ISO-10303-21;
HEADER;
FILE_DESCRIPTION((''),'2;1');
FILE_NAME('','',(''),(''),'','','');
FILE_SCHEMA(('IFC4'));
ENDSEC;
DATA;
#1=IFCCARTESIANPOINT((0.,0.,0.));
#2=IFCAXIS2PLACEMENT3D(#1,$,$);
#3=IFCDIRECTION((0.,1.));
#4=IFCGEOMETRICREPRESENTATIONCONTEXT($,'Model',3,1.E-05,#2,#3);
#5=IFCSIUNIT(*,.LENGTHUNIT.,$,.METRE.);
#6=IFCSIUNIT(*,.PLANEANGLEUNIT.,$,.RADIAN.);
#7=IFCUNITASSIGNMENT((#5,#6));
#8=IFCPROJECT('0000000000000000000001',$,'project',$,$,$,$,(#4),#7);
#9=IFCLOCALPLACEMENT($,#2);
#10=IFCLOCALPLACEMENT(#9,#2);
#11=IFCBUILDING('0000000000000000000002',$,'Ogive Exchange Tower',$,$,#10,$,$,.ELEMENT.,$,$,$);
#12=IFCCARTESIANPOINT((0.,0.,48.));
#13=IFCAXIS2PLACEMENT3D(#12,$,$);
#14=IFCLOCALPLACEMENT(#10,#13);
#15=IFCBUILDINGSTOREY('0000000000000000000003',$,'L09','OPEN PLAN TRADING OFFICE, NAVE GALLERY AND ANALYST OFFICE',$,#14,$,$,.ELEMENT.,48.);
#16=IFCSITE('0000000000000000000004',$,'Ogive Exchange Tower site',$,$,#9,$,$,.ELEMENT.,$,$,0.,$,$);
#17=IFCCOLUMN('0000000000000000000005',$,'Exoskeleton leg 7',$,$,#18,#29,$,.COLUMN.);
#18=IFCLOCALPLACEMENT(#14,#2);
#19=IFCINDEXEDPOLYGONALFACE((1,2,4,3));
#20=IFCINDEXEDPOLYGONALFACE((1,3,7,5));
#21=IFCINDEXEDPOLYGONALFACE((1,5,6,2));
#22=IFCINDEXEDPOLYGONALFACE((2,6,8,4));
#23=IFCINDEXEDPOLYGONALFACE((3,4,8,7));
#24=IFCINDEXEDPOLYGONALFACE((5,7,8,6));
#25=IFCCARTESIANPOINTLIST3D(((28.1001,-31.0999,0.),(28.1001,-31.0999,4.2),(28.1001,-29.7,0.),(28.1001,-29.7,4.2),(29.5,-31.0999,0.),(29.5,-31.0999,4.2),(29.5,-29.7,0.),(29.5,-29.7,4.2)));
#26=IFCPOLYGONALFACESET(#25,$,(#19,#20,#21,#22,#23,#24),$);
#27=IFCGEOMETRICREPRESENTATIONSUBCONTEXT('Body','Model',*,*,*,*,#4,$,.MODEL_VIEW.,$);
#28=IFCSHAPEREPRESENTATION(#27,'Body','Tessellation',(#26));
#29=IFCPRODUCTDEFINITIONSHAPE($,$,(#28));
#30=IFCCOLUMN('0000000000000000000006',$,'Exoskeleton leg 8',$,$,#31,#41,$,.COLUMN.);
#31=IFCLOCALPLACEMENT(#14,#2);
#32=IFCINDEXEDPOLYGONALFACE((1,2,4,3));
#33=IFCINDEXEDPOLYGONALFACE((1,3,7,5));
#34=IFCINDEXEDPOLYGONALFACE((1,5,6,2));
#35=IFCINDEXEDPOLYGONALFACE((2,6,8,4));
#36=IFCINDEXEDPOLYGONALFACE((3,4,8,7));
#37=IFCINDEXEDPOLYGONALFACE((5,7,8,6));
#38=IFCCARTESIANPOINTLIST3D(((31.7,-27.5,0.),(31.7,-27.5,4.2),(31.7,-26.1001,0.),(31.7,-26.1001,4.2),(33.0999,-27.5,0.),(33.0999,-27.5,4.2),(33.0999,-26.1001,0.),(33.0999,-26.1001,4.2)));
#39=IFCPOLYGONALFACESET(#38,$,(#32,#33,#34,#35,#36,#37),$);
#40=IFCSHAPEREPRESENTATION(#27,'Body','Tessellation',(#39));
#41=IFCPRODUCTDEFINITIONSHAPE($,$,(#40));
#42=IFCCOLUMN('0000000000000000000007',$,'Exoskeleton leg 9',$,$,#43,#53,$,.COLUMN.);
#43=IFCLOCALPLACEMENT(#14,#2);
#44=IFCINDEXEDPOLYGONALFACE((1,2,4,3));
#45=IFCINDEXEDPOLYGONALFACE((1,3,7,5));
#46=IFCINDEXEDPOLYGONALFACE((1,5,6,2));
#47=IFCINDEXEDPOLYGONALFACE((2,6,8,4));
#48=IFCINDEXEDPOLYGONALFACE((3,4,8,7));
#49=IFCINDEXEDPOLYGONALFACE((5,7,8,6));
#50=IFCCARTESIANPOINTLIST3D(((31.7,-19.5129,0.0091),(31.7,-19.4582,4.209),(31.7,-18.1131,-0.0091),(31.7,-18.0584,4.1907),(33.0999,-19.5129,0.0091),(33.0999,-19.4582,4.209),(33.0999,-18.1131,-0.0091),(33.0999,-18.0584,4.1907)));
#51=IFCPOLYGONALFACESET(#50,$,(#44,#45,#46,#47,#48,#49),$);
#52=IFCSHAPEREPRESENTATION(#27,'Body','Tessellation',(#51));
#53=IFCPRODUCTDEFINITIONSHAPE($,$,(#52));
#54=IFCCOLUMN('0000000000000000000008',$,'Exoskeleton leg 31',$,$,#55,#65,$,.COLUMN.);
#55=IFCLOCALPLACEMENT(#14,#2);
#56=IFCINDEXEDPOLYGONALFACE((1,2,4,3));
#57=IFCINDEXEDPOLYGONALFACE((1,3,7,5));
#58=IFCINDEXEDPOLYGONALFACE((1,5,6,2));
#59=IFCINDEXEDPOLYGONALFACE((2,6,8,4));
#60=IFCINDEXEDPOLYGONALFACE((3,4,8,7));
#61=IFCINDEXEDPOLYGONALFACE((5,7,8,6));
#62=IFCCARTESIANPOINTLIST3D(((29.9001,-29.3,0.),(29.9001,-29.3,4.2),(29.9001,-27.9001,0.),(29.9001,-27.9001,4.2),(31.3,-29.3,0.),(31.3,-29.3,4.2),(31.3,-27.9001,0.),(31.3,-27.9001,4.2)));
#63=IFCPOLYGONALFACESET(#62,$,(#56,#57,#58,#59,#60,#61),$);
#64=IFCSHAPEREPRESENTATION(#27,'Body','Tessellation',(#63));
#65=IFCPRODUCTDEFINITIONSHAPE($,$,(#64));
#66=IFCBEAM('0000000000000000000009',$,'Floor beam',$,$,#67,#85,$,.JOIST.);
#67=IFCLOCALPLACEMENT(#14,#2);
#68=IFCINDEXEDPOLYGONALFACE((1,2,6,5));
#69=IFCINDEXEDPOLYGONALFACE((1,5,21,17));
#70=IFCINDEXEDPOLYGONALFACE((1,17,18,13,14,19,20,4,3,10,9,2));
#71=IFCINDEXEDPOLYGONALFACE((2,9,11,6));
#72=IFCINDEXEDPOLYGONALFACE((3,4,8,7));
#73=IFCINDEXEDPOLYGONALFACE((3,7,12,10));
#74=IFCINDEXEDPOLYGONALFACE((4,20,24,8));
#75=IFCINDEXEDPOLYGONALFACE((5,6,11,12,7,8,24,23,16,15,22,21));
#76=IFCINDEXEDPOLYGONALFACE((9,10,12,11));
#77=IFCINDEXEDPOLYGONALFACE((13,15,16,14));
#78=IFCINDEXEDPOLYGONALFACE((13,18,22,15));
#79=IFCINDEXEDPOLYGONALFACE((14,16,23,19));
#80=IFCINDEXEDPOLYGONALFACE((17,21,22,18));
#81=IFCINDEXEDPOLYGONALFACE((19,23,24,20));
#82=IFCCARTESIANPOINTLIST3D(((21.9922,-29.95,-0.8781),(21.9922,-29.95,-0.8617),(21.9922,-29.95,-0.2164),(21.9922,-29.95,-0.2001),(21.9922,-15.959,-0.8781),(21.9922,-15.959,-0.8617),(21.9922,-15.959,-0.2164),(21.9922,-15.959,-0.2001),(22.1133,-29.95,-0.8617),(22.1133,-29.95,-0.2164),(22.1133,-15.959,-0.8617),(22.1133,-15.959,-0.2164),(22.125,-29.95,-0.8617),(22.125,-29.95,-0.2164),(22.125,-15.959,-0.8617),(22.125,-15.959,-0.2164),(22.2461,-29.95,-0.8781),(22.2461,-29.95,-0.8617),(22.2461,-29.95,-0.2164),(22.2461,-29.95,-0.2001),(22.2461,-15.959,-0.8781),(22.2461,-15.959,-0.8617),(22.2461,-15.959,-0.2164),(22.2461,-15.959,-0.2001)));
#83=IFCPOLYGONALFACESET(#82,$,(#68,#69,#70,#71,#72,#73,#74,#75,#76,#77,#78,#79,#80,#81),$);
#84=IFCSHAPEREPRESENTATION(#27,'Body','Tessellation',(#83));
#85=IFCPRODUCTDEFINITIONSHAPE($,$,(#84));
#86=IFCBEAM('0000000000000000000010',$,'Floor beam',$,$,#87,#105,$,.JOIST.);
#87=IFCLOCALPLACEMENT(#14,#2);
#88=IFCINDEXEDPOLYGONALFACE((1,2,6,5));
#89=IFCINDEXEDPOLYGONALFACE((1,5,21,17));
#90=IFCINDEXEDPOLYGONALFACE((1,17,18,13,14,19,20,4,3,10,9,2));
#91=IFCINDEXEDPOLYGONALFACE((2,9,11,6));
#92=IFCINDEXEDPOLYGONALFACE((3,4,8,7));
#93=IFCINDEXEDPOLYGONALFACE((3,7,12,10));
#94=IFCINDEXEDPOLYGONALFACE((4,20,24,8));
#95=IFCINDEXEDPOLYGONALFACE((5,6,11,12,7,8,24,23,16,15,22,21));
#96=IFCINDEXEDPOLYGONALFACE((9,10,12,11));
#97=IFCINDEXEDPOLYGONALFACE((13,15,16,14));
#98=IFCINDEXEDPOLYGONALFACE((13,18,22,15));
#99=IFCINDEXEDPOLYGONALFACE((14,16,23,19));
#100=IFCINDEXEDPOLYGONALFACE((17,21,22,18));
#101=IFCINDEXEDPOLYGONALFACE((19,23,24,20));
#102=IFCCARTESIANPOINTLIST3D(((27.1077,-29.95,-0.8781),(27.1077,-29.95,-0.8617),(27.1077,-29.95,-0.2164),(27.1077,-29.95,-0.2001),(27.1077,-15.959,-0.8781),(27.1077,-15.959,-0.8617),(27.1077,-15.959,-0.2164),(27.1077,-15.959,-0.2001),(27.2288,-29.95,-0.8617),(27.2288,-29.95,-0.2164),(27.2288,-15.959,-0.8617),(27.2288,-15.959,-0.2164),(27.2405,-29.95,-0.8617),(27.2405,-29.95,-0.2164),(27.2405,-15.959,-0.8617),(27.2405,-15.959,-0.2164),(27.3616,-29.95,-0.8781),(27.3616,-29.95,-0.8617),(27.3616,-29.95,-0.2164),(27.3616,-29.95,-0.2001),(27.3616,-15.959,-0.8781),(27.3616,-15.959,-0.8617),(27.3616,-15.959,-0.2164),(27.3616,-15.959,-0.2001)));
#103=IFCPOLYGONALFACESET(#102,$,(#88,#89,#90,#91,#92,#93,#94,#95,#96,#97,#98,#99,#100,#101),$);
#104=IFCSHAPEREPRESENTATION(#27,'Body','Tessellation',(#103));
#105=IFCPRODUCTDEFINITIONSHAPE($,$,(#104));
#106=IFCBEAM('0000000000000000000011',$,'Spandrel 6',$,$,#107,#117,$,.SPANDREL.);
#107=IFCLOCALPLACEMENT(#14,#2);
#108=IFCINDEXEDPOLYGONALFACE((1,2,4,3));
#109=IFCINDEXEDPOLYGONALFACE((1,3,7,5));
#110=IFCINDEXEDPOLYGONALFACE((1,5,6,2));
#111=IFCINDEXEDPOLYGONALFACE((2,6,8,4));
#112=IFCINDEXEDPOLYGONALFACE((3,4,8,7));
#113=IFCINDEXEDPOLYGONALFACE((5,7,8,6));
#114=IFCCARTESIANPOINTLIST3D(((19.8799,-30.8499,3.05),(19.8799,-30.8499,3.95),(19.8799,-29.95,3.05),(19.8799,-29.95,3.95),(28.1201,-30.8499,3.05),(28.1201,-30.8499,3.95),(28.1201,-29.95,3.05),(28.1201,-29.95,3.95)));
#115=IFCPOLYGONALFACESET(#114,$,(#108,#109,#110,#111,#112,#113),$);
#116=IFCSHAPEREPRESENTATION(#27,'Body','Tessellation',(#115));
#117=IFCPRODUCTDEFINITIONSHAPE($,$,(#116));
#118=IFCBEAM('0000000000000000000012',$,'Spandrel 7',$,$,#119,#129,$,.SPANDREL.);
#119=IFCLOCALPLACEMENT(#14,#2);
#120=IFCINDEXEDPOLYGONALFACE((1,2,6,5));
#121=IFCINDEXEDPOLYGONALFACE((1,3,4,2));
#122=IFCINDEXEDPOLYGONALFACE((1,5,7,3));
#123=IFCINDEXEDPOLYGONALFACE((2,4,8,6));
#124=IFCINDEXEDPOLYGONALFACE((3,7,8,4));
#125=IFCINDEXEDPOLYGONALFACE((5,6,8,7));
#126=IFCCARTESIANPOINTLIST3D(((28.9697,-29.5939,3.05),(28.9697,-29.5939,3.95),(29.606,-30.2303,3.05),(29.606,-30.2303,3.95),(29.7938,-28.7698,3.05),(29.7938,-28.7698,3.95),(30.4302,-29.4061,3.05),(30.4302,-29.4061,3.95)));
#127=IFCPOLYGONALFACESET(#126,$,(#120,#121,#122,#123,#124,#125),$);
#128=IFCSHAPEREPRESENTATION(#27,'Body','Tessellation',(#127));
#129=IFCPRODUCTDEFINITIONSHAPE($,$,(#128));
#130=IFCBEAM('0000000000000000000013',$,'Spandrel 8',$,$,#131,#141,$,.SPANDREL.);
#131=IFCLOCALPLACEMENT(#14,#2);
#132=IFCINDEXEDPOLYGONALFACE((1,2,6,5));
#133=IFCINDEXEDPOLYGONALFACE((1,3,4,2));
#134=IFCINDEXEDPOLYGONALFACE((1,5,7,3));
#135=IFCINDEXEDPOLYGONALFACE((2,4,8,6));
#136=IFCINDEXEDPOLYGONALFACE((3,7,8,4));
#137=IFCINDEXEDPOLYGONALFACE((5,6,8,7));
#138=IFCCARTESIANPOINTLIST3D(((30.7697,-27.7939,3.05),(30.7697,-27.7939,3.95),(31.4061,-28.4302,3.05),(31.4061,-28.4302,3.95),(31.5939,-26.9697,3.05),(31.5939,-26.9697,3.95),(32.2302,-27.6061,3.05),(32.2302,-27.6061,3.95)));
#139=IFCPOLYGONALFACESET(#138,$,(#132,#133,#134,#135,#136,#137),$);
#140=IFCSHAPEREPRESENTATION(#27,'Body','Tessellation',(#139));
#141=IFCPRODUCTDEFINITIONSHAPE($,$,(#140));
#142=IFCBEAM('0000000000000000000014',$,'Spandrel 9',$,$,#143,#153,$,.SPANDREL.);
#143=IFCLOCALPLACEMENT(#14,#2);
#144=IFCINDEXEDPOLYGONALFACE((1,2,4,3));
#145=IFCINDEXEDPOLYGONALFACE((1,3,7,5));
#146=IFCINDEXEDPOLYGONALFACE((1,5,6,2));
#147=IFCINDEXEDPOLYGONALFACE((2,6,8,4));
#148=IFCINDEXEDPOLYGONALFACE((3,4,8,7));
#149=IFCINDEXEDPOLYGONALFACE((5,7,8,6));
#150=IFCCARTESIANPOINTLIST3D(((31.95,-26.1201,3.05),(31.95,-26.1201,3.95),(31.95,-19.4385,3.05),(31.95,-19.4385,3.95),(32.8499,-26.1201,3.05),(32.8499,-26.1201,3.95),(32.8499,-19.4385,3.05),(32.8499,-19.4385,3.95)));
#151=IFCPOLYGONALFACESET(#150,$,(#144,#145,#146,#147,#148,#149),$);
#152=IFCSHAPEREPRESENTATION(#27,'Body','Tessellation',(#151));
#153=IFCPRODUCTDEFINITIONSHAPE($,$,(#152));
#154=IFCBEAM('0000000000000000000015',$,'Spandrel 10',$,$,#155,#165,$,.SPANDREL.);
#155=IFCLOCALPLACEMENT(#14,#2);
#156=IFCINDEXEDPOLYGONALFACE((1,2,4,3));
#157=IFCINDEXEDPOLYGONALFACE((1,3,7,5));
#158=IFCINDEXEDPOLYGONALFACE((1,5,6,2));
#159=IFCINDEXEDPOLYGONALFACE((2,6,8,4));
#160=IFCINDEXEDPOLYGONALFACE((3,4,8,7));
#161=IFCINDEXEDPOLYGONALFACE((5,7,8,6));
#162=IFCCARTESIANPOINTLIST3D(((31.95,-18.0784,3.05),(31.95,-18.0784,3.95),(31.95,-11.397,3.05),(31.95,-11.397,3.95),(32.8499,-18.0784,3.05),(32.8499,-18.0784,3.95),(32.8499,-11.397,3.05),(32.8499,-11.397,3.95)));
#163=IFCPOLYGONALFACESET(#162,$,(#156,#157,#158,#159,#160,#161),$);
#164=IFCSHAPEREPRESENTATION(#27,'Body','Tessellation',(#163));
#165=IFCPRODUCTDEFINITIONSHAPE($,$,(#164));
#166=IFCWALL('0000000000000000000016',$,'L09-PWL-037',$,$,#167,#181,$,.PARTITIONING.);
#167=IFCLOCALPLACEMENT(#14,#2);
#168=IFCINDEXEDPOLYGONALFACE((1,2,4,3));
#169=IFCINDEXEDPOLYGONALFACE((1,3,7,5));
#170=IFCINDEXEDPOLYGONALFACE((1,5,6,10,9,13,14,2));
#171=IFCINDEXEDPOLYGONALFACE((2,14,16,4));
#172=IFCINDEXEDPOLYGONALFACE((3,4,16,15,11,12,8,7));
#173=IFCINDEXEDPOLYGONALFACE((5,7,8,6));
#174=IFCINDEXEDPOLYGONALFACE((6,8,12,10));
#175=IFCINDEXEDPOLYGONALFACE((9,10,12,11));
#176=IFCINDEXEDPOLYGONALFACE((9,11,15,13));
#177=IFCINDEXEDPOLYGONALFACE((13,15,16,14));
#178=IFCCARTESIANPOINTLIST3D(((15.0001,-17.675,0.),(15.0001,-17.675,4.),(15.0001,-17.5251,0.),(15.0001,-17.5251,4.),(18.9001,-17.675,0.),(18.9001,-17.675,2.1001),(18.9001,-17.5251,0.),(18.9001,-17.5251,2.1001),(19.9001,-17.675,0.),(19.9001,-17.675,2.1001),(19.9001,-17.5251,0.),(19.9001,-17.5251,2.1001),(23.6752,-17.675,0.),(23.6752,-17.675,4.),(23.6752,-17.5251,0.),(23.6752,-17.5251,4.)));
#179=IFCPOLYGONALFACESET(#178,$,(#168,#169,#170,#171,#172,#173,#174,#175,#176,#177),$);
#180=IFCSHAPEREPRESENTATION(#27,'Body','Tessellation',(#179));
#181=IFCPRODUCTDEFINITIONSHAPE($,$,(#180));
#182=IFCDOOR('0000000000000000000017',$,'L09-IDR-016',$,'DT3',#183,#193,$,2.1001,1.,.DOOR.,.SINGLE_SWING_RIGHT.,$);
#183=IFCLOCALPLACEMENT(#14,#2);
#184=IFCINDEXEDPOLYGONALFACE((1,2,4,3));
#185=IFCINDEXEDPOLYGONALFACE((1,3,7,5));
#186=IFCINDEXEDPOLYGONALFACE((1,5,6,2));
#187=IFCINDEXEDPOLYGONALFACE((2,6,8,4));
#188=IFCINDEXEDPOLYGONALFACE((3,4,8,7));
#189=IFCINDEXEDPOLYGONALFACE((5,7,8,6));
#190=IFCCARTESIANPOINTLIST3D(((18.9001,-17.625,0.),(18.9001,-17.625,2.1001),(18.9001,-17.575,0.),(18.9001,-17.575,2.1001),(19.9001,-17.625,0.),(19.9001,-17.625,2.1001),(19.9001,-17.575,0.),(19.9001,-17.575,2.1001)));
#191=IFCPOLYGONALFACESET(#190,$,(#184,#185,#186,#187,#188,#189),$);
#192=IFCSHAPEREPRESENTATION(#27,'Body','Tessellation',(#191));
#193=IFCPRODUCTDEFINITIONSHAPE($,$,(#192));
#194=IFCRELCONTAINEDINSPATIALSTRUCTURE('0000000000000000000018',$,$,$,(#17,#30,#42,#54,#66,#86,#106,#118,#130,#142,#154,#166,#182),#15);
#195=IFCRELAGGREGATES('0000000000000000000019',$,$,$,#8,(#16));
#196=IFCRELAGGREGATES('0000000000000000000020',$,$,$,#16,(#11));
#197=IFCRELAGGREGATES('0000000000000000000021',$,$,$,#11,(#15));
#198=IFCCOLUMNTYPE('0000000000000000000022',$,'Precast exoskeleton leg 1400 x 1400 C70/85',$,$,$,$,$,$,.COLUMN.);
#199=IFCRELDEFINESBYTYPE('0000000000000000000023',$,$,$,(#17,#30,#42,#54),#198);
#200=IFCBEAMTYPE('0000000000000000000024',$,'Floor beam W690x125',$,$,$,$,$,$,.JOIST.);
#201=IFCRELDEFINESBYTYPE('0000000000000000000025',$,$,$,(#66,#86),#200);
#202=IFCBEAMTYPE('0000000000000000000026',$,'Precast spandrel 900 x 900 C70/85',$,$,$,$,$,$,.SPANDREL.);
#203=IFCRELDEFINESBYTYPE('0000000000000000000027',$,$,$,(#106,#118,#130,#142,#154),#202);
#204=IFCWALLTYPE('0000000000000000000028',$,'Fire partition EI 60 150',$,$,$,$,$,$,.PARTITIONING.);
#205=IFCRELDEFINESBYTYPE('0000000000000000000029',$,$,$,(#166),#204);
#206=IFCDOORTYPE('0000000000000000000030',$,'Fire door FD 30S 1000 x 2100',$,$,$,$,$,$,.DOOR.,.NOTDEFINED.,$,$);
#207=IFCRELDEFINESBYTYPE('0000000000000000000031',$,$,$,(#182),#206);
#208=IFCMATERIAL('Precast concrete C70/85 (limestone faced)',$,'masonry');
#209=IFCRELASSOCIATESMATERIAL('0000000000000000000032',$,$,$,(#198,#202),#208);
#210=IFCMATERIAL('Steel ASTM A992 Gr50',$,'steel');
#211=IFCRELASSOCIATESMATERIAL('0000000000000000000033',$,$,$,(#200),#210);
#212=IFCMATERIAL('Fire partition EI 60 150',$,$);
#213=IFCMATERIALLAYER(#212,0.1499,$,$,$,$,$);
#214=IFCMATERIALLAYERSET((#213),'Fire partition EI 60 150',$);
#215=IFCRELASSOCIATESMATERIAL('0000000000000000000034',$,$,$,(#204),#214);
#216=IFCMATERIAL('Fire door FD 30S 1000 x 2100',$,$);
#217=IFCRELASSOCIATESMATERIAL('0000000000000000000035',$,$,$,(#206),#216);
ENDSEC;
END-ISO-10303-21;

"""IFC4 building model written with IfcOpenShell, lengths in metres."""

from ifc_helpers import new_model, si_unit, direction, frame, frame_2d, origin, origin_2d, place, context, subcontext, project, spatial, rectangle, i_section, extrude, material, layer, layer_set, material_profile, profile_set, type_object, element, fill, save


model = new_model("IFC4")

# Units and contexts
model_context = context("Model", 3, precision=1e-05, world=origin(), true_north=direction((0.0, 1.0)))
body_context = subcontext(model_context, "Body", "Model", "MODEL_VIEW")
ifc_project = project(units=[si_unit("LENGTHUNIT", "METRE"), si_unit("PLANEANGLEUNIT", "RADIAN")], contexts=[model_context])

# Site, building, storey
site_placement = place(None, origin())
site = spatial("IfcSite", under=ifc_project, at=site_placement, Name="Ogive Exchange Tower site", CompositionType="ELEMENT", RefElevation=0.0)
building_placement = place(site_placement, origin())
building = spatial("IfcBuilding", under=site, at=building_placement, Name="Ogive Exchange Tower", CompositionType="ELEMENT")
storey_placement = place(building_placement, frame((0.0, 0.0, 48.0)))
storey = spatial("IfcBuildingStorey", under=building, at=storey_placement, Name="L09", Description="OPEN PLAN TRADING OFFICE, NAVE GALLERY AND ANALYST OFFICE", CompositionType="ELEMENT", Elevation=48.0)

# Columns
ifc_material_1 = material(Name="Precast concrete C70/85 (limestone faced)", Category="masonry")
ifc_material_profile_1 = material_profile(ifc_material_1, rectangle(XDim=1.3999, YDim=1.3999, at=origin_2d()), Name="1400 x 1400")
ifc_profile_set_1 = profile_set([ifc_material_profile_1], Name="Precast concrete C70/85 (limestone faced)")
column_type = type_object("IfcColumnType", Name="Precast exoskeleton leg 1400 x 1400 C70/85", PredefinedType="COLUMN", material=ifc_profile_set_1)
for number, where, z_axis, x_axis, name in (
    (1, (28.8, -30.3999, 0.0), (0.0, 0.0, 1.0), (1.0, 0.0, 0.0), "Exoskeleton leg 7"),
    (2, (32.3999, -26.8, 0.0), (0.0, 0.0, 1.0), (1.0, 0.0, 0.0), "Exoskeleton leg 8"),
):
    element("IfcColumn", number, at=place(storey_placement, frame(where, z_axis=z_axis, x_axis=x_axis)), inside=storey, type_object=column_type, Name=name, PredefinedType="COLUMN", context=body_context, shape_type="SweptSolid", body=[
        extrude(rectangle(XDim=1.3999, YDim=1.3999, at=origin_2d()), origin(), (0.0, 0.0, 1.0), 4.2),
    ])
column_1_placement = place(storey_placement, frame((32.3999, -18.813, 0.0), z_axis=(0.0, 0.01302, 0.999915), x_axis=(-1.0, 0.0, 0.0)))
element("IfcColumn", 3, at=column_1_placement, inside=storey, type_object=column_type, Name="Exoskeleton leg 9", PredefinedType="COLUMN", context=body_context, shape_type="SweptSolid", body=[
    extrude(rectangle(XDim=1.3999, YDim=1.3999, at=origin_2d()), origin(), (0.0, 0.0, 1.0), 4.2002),
])
column_2_placement = place(storey_placement, frame((30.6001, -28.6001, 0.0), z_axis=(0.0, 0.0, 1.0), x_axis=(1.0, 0.0, 0.0)))
element("IfcColumn", 4, at=column_2_placement, inside=storey, type_object=column_type, Name="Exoskeleton leg 31", PredefinedType="COLUMN", context=body_context, shape_type="SweptSolid", body=[
    extrude(rectangle(XDim=1.3999, YDim=1.3999, at=origin_2d()), origin(), (0.0, 0.0, 1.0), 4.2),
])

# Beams
ifc_material_2 = material(Name="Steel ASTM A992 Gr50", Category="steel")
ifc_material_profile_2 = material_profile(ifc_material_2, i_section(OverallWidth=0.2539, OverallDepth=0.678, WebThickness=0.0117, FlangeThickness=0.0164, at=origin_2d()), Name="W690x125")
ifc_profile_set_2 = profile_set([ifc_material_profile_2], Name="Steel ASTM A992 Gr50")
beam_type_1 = type_object("IfcBeamType", Name="Floor beam W690x125", PredefinedType="JOIST", material=ifc_profile_set_2)
for number, where, z_axis, x_axis, name in (
    (5, (22.1191, -29.95, -0.5391), (0.0, 1.0, 0.0), (-1.0, 0.0, 0.0), "Floor beam"),
    (6, (27.2346, -29.95, -0.5391), (0.0, 1.0, 0.0), (-1.0, 0.0, 0.0), "Floor beam"),
):
    element("IfcBeam", number, at=place(storey_placement, frame(where, z_axis=z_axis, x_axis=x_axis)), inside=storey, type_object=beam_type_1, Name=name, PredefinedType="JOIST", context=body_context, shape_type="SweptSolid", body=[
        extrude(i_section(OverallWidth=0.2539, OverallDepth=0.678, WebThickness=0.0117, FlangeThickness=0.0164, at=origin_2d()), origin(), (0.0, 0.0, 1.0), 13.991),
    ])
ifc_material_profile_3 = material_profile(ifc_material_1, rectangle(XDim=0.8999, YDim=0.8999, at=origin_2d()), Name="900 x 900")
ifc_profile_set_3 = profile_set([ifc_material_profile_3], Name="Precast concrete C70/85 (limestone faced)")
beam_type_2 = type_object("IfcBeamType", Name="Precast spandrel 900 x 900 C70/85", PredefinedType="SPANDREL", material=ifc_profile_set_3)
beam_1_placement = place(storey_placement, frame((19.8799, -30.3999, 3.5), z_axis=(1.0, 0.0, 0.0), x_axis=(0.0, 1.0, 0.0)))
element("IfcBeam", 7, at=beam_1_placement, inside=storey, type_object=beam_type_2, Name="Spandrel 6", PredefinedType="SPANDREL", context=body_context, shape_type="SweptSolid", body=[
    extrude(rectangle(XDim=0.8999, YDim=0.8999, at=origin_2d()), origin(), (0.0, 0.0, 1.0), 8.2402),
])
for number, where, z_axis, x_axis, name in (
    (8, (29.2878, -29.9121, 3.5), (0.707107, 0.707107, 0.0), (-0.707107, 0.707107, 0.0), "Spandrel 7"),
    (9, (31.0879, -28.1121, 3.5), (0.707107, 0.707107, 0.0), (-0.707107, 0.707107, 0.0), "Spandrel 8"),
):
    element("IfcBeam", number, at=place(storey_placement, frame(where, z_axis=z_axis, x_axis=x_axis)), inside=storey, type_object=beam_type_2, Name=name, PredefinedType="SPANDREL", context=body_context, shape_type="SweptSolid", body=[
        extrude(rectangle(XDim=0.8999, YDim=0.8999, at=origin_2d()), origin(), (0.0, 0.0, 1.0), 1.1655),
    ])
beam_2_placement = place(storey_placement, frame((32.3999, -26.1201, 3.5), z_axis=(0.0, 1.0, 0.0), x_axis=(-1.0, 0.0, 0.0)))
element("IfcBeam", 10, at=beam_2_placement, inside=storey, type_object=beam_type_2, Name="Spandrel 9", PredefinedType="SPANDREL", context=body_context, shape_type="SweptSolid", body=[
    extrude(rectangle(XDim=0.8999, YDim=0.8999, at=origin_2d()), origin(), (0.0, 0.0, 1.0), 6.6816),
])
beam_3_placement = place(storey_placement, frame((32.3999, -18.0784, 3.5), z_axis=(0.0, 1.0, 0.0), x_axis=(-1.0, 0.0, 0.0)))
element("IfcBeam", 11, at=beam_3_placement, inside=storey, type_object=beam_type_2, Name="Spandrel 10", PredefinedType="SPANDREL", context=body_context, shape_type="SweptSolid", body=[
    extrude(rectangle(XDim=0.8999, YDim=0.8999, at=origin_2d()), origin(), (0.0, 0.0, 1.0), 6.6814),
])

# Wall, opening, door
ifc_material_3 = material(Name="Fire partition EI 60 150")
ifc_layer_1 = layer(ifc_material_3, 0.1499)
ifc_layer_set_1 = layer_set([ifc_layer_1], Name="Fire partition EI 60 150")
wall_type_1 = type_object("IfcWallType", Name="Fire partition EI 60 150", PredefinedType="PARTITIONING", material=ifc_layer_set_1)
wall_1_placement = place(storey_placement, frame((23.675, -17.6001, 0.0), z_axis=(0.0, 0.0, 1.0), x_axis=(-1.0, 0.0, 0.0)))
wall_1 = element("IfcWall", 12, at=wall_1_placement, inside=storey, type_object=wall_type_1, Name="L09-PWL-037", PredefinedType="PARTITIONING", context=body_context, shape_type="SweptSolid", body=[
    extrude(rectangle(XDim=8.675, YDim=0.1499, at=frame_2d((4.3374, 0.0))), origin(), (0.0, 0.0, 1.0), 4.0),
])
opening_1_placement = place(wall_1_placement, frame((3.7749, 0.0, 0.0)))
opening_1 = element("IfcOpeningElement", 13, at=opening_1_placement, cuts=wall_1, PredefinedType="OPENING", context=body_context, shape_type="SweptSolid", body=[
    extrude(rectangle(XDim=1.0, YDim=2.1001, at=frame_2d((0.5, 1.05))), frame((0.0, 0.085, 0.0), z_axis=(0.0, -1.0, 0.0), x_axis=(1.0, 0.0, 0.0)), (0.0, 0.0, 1.0), 0.1699),
])
ifc_material_4 = material(Name="Fire door FD 30S 1000 x 2100")
door_type_1 = type_object("IfcDoorType", Name="Fire door FD 30S 1000 x 2100", OperationType="NOTDEFINED", PredefinedType="DOOR", material=ifc_material_4)
door_1_placement = place(opening_1_placement, origin())
door_1 = element("IfcDoor", 14, at=door_1_placement, inside=storey, type_object=door_type_1, Name="L09-IDR-016", ObjectType="DT3", OperationType="SINGLE_SWING_RIGHT", OverallHeight=2.1001, OverallWidth=1.0, PredefinedType="DOOR", context=body_context, shape_type="SweptSolid", body=[
    extrude(rectangle(XDim=1.0, YDim=2.1001, at=frame_2d((0.5, 1.05))), frame((0.0, 0.0249, 0.0), z_axis=(0.0, -1.0, 0.0), x_axis=(1.0, 0.0, 0.0)), (0.0, 0.0, 1.0), 0.05),
])
fill(opening_1, door_1)

save(model, "model.ifc")
